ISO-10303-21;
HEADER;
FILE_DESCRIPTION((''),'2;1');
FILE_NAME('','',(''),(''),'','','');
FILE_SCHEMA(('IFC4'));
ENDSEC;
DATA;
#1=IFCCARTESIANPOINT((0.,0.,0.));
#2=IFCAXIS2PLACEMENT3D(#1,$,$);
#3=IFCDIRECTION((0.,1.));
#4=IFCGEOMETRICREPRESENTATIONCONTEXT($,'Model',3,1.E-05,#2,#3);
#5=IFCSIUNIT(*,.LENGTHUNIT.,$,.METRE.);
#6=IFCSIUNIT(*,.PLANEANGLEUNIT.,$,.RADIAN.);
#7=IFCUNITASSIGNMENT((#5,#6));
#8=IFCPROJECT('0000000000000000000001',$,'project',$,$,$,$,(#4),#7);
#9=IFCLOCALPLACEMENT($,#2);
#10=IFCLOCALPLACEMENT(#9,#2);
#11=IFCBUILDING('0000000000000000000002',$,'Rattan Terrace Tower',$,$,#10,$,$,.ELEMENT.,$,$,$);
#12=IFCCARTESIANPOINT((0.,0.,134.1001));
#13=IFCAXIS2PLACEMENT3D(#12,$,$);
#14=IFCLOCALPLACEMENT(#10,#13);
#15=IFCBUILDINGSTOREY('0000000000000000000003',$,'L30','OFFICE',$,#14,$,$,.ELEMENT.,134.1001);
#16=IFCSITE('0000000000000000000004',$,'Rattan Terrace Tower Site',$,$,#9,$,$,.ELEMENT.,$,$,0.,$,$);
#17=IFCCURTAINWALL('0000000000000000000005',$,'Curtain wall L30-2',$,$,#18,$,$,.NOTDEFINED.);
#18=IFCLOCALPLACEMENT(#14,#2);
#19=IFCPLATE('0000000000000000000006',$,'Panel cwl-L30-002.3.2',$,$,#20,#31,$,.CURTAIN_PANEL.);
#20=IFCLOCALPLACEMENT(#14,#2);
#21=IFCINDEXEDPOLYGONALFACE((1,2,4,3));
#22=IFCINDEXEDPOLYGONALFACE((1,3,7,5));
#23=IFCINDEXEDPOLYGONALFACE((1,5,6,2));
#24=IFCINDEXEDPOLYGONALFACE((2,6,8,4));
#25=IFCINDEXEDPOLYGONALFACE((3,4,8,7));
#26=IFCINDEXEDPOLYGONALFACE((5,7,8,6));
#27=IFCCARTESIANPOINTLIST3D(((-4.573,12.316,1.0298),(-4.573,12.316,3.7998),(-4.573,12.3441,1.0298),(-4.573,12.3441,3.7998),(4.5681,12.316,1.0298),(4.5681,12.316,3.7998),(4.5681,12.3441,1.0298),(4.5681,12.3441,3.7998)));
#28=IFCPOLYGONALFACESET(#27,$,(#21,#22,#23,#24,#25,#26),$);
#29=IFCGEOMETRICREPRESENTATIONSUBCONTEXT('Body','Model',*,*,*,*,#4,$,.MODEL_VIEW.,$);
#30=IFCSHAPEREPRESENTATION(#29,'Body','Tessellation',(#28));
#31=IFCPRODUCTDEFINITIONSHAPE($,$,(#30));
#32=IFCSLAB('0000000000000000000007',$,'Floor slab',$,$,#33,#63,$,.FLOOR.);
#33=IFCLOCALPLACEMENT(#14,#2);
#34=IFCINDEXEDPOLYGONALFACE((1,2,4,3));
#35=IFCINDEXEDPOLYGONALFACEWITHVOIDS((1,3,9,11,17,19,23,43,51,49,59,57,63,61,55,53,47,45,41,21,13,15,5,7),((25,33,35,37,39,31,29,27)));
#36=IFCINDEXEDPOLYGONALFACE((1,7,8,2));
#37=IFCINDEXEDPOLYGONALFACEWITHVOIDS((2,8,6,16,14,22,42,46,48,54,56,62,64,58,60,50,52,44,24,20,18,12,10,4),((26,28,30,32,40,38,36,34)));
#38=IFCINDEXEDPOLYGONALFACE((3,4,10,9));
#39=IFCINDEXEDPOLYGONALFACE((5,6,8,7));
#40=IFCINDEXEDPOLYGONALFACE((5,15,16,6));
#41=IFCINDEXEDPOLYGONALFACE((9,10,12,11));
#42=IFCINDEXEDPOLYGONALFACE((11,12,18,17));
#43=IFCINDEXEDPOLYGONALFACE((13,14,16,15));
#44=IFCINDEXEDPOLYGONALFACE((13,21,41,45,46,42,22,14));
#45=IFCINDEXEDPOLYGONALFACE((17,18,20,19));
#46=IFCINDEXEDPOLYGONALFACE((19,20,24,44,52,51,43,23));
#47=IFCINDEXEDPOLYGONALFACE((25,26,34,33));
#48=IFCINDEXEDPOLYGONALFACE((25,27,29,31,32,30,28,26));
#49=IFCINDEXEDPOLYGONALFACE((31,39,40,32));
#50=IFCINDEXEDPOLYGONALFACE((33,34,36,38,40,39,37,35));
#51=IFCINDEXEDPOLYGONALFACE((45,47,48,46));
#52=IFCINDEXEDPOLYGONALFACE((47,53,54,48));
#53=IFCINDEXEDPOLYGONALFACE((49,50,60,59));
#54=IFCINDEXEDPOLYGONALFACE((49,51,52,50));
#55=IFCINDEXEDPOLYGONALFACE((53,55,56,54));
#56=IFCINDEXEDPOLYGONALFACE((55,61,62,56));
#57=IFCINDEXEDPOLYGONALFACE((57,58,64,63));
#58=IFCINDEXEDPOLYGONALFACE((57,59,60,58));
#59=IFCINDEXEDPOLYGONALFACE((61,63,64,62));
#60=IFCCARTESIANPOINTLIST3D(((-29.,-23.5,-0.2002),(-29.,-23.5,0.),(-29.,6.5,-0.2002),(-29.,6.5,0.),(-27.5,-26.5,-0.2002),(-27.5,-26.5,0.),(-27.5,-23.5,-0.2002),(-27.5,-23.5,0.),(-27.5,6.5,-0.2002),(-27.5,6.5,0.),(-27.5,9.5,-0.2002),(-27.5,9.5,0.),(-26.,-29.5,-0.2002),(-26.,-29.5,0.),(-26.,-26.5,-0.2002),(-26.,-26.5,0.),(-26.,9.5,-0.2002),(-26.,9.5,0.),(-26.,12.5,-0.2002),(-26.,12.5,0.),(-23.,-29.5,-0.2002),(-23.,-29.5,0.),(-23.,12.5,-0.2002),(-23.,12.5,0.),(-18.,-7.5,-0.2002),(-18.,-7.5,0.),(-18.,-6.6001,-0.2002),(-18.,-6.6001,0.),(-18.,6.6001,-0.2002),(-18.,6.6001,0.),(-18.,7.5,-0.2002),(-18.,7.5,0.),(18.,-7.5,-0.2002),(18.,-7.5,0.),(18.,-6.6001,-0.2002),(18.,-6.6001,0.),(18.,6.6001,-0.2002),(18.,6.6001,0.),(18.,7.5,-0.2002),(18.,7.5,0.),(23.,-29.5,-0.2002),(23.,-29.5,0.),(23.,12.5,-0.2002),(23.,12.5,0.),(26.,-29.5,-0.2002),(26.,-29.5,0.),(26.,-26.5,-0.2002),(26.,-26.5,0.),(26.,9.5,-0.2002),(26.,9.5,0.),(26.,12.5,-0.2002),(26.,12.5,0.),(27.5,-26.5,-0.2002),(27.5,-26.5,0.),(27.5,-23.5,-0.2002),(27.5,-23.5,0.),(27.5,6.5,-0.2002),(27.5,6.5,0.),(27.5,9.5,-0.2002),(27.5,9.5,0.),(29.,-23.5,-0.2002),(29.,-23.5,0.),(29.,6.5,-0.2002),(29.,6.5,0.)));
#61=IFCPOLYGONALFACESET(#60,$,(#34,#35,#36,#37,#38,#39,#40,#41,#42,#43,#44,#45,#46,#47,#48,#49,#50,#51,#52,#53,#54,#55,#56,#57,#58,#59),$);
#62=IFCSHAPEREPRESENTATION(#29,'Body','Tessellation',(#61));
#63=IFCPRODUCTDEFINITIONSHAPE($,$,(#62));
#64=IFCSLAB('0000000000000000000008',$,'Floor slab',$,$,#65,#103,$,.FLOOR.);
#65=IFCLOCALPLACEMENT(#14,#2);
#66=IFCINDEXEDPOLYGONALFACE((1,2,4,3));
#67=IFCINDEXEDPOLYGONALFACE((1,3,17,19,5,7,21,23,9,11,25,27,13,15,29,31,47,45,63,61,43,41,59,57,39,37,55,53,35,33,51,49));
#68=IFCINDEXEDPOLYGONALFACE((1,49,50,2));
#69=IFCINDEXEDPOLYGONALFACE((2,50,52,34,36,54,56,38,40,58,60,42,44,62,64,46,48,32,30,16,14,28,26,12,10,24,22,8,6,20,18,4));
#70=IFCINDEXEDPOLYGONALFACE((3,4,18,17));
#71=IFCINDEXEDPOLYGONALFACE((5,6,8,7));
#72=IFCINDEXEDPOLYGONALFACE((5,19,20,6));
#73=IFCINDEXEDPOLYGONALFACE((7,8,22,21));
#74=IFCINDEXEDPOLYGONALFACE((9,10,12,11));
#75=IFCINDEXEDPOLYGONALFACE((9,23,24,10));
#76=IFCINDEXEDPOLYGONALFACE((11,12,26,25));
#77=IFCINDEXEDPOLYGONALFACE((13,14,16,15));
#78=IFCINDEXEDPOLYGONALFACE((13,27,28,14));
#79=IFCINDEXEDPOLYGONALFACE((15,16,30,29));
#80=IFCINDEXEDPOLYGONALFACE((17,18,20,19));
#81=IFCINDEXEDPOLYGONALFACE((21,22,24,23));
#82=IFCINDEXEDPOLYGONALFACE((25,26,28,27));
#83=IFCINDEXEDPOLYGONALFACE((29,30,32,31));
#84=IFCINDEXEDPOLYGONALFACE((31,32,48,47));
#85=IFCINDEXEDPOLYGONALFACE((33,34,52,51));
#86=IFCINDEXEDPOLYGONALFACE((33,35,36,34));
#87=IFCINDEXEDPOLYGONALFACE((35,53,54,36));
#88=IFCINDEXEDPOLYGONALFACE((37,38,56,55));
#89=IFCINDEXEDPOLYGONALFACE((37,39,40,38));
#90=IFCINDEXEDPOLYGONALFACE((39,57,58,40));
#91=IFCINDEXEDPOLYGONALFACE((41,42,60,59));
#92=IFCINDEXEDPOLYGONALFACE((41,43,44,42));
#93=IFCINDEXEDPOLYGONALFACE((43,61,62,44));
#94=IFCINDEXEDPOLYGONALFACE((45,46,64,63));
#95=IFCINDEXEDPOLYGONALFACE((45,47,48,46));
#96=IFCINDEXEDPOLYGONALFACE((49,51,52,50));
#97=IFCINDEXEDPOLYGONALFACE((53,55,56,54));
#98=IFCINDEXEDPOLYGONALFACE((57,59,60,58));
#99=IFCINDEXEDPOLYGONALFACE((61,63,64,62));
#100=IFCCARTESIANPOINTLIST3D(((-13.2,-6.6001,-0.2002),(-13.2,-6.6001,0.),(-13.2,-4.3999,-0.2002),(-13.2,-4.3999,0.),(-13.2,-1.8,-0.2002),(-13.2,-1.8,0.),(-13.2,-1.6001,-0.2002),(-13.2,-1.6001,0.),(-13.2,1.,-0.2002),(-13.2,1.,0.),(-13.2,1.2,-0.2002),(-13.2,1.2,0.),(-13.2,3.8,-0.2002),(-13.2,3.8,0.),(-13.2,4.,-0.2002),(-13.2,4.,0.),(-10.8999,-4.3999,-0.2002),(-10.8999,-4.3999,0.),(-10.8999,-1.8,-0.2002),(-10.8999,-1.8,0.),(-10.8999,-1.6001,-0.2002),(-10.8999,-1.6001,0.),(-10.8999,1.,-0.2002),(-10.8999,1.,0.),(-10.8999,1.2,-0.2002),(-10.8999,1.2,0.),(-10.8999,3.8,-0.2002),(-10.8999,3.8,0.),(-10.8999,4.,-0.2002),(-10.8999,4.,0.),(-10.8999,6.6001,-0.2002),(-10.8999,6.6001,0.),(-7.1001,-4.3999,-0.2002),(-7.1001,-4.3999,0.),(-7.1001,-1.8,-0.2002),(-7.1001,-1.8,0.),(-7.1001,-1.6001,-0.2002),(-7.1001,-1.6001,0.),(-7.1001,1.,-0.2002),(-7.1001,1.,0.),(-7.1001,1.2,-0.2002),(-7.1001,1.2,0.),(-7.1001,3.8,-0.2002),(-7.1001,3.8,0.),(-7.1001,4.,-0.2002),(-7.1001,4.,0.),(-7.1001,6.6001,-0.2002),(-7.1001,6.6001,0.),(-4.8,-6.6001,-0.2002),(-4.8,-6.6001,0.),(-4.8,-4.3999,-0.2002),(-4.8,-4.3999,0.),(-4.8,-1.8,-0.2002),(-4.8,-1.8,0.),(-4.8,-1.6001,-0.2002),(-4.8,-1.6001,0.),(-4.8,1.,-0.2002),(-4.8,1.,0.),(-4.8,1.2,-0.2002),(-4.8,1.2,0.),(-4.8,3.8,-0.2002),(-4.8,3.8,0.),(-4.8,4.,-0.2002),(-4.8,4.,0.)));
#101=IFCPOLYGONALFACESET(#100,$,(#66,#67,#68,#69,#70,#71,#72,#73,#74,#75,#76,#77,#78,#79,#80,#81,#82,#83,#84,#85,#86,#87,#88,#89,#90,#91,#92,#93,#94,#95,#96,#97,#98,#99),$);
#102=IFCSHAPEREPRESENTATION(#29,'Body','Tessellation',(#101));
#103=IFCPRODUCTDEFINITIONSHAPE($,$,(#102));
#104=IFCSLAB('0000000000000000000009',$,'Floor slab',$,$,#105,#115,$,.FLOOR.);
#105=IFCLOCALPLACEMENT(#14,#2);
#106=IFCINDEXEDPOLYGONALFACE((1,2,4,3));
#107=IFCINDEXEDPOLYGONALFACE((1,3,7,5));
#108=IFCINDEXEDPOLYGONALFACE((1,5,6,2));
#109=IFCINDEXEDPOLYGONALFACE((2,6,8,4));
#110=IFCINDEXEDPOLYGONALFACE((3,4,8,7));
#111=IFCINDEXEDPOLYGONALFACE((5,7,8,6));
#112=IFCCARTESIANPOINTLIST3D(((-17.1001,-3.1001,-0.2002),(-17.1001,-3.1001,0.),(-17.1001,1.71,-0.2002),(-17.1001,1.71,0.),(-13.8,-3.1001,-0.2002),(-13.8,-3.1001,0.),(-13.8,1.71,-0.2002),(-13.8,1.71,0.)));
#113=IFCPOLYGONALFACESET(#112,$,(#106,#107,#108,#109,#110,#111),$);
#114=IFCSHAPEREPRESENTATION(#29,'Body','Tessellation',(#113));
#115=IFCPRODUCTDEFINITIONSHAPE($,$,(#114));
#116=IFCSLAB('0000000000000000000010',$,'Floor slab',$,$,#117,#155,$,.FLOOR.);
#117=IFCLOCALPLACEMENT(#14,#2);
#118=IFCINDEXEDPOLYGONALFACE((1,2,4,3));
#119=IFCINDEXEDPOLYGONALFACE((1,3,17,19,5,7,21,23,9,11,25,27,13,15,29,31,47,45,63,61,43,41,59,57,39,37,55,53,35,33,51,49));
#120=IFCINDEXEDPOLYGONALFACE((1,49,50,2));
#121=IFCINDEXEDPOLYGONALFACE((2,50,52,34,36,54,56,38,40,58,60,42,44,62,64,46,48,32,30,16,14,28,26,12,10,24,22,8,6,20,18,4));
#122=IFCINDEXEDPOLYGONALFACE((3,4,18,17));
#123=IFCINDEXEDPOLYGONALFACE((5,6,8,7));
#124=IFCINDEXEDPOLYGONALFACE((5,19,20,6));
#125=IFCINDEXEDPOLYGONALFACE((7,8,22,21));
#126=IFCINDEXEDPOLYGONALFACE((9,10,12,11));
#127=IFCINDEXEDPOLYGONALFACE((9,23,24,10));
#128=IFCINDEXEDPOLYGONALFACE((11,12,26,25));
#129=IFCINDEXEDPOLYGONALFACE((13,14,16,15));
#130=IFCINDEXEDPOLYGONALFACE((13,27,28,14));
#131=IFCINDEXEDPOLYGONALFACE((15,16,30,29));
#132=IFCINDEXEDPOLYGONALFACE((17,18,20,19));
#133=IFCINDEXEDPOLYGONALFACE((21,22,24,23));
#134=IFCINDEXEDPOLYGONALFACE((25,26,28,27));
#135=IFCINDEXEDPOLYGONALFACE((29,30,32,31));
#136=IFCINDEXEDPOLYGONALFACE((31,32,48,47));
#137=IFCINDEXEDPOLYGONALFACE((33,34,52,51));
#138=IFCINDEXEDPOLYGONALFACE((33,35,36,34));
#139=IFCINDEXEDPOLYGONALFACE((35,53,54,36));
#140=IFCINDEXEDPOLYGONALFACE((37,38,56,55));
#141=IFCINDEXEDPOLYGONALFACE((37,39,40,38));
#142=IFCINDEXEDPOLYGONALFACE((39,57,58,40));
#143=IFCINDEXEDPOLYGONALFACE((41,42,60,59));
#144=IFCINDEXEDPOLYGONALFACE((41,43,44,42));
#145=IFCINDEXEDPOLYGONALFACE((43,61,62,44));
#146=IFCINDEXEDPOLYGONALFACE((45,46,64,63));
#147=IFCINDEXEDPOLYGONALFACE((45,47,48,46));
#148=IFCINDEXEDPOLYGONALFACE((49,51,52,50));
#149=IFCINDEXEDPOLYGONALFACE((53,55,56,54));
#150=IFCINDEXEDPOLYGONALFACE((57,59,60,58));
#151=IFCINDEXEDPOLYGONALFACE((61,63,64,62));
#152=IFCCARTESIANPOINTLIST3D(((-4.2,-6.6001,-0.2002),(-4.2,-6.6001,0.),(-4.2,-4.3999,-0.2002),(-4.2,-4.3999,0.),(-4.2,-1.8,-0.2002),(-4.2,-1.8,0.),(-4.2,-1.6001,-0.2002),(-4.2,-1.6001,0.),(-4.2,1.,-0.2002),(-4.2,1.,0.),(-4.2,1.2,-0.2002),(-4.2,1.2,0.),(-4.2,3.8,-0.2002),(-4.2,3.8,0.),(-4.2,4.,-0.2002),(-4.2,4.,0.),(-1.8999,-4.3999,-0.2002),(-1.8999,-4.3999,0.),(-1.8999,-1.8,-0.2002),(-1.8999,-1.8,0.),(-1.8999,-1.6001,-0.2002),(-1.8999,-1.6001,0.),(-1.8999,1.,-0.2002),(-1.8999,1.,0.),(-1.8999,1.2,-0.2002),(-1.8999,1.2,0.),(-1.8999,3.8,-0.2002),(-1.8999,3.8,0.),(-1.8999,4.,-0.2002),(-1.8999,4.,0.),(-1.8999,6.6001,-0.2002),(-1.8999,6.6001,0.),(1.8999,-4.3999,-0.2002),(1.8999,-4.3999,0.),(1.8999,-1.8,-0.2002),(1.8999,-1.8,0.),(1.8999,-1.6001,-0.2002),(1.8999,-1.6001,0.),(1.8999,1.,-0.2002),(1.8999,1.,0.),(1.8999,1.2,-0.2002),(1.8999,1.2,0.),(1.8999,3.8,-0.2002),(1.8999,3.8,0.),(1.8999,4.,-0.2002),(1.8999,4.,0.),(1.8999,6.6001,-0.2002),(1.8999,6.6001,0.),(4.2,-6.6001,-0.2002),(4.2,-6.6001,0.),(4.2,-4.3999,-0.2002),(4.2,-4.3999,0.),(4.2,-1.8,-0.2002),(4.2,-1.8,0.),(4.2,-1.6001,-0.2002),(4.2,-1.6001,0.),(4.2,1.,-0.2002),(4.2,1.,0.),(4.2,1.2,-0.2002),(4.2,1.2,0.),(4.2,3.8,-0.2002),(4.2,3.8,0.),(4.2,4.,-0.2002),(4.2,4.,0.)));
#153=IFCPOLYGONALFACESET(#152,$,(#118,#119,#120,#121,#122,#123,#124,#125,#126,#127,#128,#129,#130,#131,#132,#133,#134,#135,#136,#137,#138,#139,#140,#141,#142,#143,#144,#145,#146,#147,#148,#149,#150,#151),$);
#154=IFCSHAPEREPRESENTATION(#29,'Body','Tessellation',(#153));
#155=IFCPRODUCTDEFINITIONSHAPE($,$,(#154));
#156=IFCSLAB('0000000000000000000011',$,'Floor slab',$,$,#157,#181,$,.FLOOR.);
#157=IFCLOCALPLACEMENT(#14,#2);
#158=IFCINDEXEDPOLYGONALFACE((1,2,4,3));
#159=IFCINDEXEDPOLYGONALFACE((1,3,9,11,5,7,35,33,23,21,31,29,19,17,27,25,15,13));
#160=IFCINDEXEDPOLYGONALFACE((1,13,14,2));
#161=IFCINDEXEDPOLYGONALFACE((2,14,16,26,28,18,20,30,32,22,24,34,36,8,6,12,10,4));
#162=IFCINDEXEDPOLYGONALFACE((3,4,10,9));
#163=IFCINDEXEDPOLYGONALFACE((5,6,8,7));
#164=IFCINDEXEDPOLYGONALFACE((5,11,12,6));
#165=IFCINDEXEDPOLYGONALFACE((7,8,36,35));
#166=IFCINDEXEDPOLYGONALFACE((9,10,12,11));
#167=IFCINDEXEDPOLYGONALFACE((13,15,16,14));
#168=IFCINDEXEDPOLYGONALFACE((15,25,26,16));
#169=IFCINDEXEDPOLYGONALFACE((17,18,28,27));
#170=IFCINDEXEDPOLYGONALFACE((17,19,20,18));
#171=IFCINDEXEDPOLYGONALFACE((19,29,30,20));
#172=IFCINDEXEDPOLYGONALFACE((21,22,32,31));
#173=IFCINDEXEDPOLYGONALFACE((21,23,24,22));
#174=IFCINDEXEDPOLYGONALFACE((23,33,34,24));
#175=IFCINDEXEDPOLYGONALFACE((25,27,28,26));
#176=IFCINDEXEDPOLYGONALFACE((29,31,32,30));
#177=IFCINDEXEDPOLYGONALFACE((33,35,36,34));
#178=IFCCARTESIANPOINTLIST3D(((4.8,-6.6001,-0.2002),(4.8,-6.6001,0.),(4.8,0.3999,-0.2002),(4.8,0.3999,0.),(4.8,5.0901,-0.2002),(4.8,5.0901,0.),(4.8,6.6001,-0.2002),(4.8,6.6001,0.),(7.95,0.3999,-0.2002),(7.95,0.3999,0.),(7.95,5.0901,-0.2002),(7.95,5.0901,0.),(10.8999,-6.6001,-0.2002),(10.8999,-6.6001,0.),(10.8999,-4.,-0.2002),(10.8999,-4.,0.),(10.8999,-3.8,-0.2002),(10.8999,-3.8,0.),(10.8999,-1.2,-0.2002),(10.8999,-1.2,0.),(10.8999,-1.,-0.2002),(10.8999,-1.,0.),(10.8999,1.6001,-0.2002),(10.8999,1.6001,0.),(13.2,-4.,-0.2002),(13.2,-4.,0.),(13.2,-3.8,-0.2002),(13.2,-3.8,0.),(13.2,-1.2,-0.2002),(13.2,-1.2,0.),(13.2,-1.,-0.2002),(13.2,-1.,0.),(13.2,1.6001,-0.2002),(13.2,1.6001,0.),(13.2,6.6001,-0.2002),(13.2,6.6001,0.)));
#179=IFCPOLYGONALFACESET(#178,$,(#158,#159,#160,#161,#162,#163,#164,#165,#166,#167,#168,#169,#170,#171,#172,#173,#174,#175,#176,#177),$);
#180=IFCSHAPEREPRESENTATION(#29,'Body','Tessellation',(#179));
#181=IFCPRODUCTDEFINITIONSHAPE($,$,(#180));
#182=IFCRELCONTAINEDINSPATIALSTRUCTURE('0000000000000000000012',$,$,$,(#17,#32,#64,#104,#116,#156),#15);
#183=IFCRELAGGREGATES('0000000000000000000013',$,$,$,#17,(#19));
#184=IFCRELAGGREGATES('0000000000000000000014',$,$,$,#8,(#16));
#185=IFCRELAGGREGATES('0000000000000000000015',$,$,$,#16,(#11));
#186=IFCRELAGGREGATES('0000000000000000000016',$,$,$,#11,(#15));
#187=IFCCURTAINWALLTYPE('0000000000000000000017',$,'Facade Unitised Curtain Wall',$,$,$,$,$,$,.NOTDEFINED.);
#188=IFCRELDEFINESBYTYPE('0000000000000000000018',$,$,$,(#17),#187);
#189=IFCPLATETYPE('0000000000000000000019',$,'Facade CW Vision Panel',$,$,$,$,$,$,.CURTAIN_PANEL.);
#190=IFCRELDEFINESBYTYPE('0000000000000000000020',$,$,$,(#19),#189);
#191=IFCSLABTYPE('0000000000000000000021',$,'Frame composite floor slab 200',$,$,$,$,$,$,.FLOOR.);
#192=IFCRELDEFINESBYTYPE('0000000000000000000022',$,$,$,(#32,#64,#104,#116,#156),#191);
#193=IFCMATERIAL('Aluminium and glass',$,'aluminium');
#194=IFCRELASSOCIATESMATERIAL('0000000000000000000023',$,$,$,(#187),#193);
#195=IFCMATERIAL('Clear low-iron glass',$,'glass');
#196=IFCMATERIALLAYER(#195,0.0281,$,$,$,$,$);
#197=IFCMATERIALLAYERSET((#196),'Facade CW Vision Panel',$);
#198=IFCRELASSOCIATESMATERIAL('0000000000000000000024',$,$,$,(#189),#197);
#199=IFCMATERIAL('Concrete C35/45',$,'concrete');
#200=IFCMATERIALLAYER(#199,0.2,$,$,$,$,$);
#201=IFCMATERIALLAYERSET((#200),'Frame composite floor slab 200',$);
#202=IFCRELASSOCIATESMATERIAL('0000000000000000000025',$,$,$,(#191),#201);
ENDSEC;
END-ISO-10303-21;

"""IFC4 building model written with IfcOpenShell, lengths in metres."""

from ifc_helpers import new_model, si_unit, direction, frame, origin, origin_2d, place, context, subcontext, project, spatial, polyline, rectangle, outline, extrude, material, layer, layer_set, type_object, element, aggregate, save


model = new_model("IFC4")

# Units and contexts
model_context = context("Model", 3, precision=1e-05, world=origin(), true_north=direction((0.0, 1.0)))
body_context = subcontext(model_context, "Body", "Model", "MODEL_VIEW")
ifc_project = project(units=[si_unit("LENGTHUNIT", "METRE"), si_unit("PLANEANGLEUNIT", "RADIAN")], contexts=[model_context])

# Site, building, storey
site_placement = place(None, origin())
site = spatial("IfcSite", under=ifc_project, at=site_placement, Name="Rattan Terrace Tower Site", CompositionType="ELEMENT", RefElevation=0.0)
building_placement = place(site_placement, origin())
building = spatial("IfcBuilding", under=site, at=building_placement, Name="Rattan Terrace Tower", CompositionType="ELEMENT")
storey_placement = place(building_placement, frame((0.0, 0.0, 134.1001)))
storey = spatial("IfcBuildingStorey", under=building, at=storey_placement, Name="L30", Description="OFFICE", CompositionType="ELEMENT", Elevation=134.1001)

# Curtain wall
ifc_material_1 = material(Name="Aluminium and glass", Category="aluminium")
curtain_wall_type = type_object("IfcCurtainWallType", Name="Facade Unitised Curtain Wall", PredefinedType="NOTDEFINED", material=ifc_material_1)
curtain_wall_placement = place(storey_placement, origin())
curtain_wall = element("IfcCurtainWall", 1, at=curtain_wall_placement, inside=storey, type_object=curtain_wall_type, Name="Curtain wall L30-2", PredefinedType="NOTDEFINED")

# Plate
ifc_material_2 = material(Name="Clear low-iron glass", Category="glass")
ifc_layer_1 = layer(ifc_material_2, 0.0281)
ifc_layer_set_1 = layer_set([ifc_layer_1], Name="Facade CW Vision Panel")
plate_type_1 = type_object("IfcPlateType", Name="Facade CW Vision Panel", PredefinedType="CURTAIN_PANEL", material=ifc_layer_set_1)
plate_1_placement = place(storey_placement, frame((-0.0024, 12.3301, 1.0298), z_axis=(0.0, 0.0, 1.0), x_axis=(-1.0, 0.0, 0.0)))
plate_1 = element("IfcPlate", 2, at=plate_1_placement, type_object=plate_type_1, Name="Panel cwl-L30-002.3.2", PredefinedType="CURTAIN_PANEL", context=body_context, shape_type="SweptSolid", body=[
    extrude(rectangle(XDim=9.1411, YDim=0.0281, at=origin_2d()), origin(), (0.0, 0.0, 1.0), 2.77),
])
aggregate(curtain_wall, [plate_1])

# Slabs
ifc_material_3 = material(Name="Concrete C35/45", Category="concrete")
ifc_layer_2 = layer(ifc_material_3, 0.2)
ifc_layer_set_2 = layer_set([ifc_layer_2], Name="Frame composite floor slab 200")
slab_type_1 = type_object("IfcSlabType", Name="Frame composite floor slab 200", PredefinedType="FLOOR", material=ifc_layer_set_2)
slab_1_placement = place(storey_placement, frame((0.0, 0.0, -0.2002)))
element("IfcSlab", 3, at=slab_1_placement, inside=storey, type_object=slab_type_1, Name="Floor slab", PredefinedType="FLOOR", context=body_context, shape_type="SweptSolid", body=[
    extrude(outline(polyline([(-23.0, -29.5), (23.0, -29.5), (26.0, -29.5), (26.0, -26.5), (27.5, -26.5), (27.5, -23.5), (29.0, -23.5), (29.0, 6.5), (27.5, 6.5), (27.5, 9.5), (26.0, 9.5), (26.0, 12.5), (23.0, 12.5), (-23.0, 12.5), (-26.0, 12.5), (-26.0, 9.5), (-27.5, 9.5), (-27.5, 6.5), (-29.0, 6.5), (-29.0, -23.5), (-27.5, -23.5), (-27.5, -26.5), (-26.0, -26.5), (-26.0, -29.5), (-23.0, -29.5)]), holes=[polyline([(-18.0, -6.6001), (-18.0, -7.5), (18.0, -7.5), (18.0, -6.6001), (18.0, 6.6001), (18.0, 7.5), (-18.0, 7.5), (-18.0, 6.6001), (-18.0, -6.6001)])]), origin(), (0.0, 0.0, 1.0), 0.2002),
])
slab_2_placement = place(storey_placement, frame((0.0, 0.0, -0.2002)))
element("IfcSlab", 4, at=slab_2_placement, inside=storey, type_object=slab_type_1, Name="Floor slab", PredefinedType="FLOOR", context=body_context, shape_type="SweptSolid", body=[
    extrude(outline(polyline([(-10.8999, 6.6001), (-10.8999, 4.0), (-13.2, 4.0), (-13.2, 3.8), (-10.8999, 3.8), (-10.8999, 1.2), (-13.2, 1.2), (-13.2, 1.0), (-10.8999, 1.0), (-10.8999, -1.6001), (-13.2, -1.6001), (-13.2, -1.8), (-10.8999, -1.8), (-10.8999, -4.3999), (-13.2, -4.3999), (-13.2, -6.6001), (-4.8, -6.6001), (-4.8, -4.3999), (-7.1001, -4.3999), (-7.1001, -1.8), (-4.8, -1.8), (-4.8, -1.6001), (-7.1001, -1.6001), (-7.1001, 1.0), (-4.8, 1.0), (-4.8, 1.2), (-7.1001, 1.2), (-7.1001, 3.8), (-4.8, 3.8), (-4.8, 4.0), (-7.1001, 4.0), (-7.1001, 6.6001), (-10.8999, 6.6001)])), origin(), (0.0, 0.0, 1.0), 0.2002),
])
slab_3_placement = place(storey_placement, frame((0.0, 0.0, -0.2002)))
element("IfcSlab", 5, at=slab_3_placement, inside=storey, type_object=slab_type_1, Name="Floor slab", PredefinedType="FLOOR", context=body_context, shape_type="SweptSolid", body=[
    extrude(outline(polyline([(-17.1001, -3.1001), (-13.8, -3.1001), (-13.8, 1.71), (-17.1001, 1.71), (-17.1001, -3.1001)])), origin(), (0.0, 0.0, 1.0), 0.2002),
])
slab_4_placement = place(storey_placement, frame((0.0, 0.0, -0.2002)))
element("IfcSlab", 6, at=slab_4_placement, inside=storey, type_object=slab_type_1, Name="Floor slab", PredefinedType="FLOOR", context=body_context, shape_type="SweptSolid", body=[
    extrude(outline(polyline([(-4.2, 4.0), (-4.2, 3.8), (-1.8999, 3.8), (-1.8999, 1.2), (-4.2, 1.2), (-4.2, 1.0), (-1.8999, 1.0), (-1.8999, -1.6001), (-4.2, -1.6001), (-4.2, -1.8), (-1.8999, -1.8), (-1.8999, -4.3999), (-4.2, -4.3999), (-4.2, -6.6001), (4.2, -6.6001), (4.2, -4.3999), (1.8999, -4.3999), (1.8999, -1.8), (4.2, -1.8), (4.2, -1.6001), (1.8999, -1.6001), (1.8999, 1.0), (4.2, 1.0), (4.2, 1.2), (1.8999, 1.2), (1.8999, 3.8), (4.2, 3.8), (4.2, 4.0), (1.8999, 4.0), (1.8999, 6.6001), (-1.8999, 6.6001), (-1.8999, 4.0), (-4.2, 4.0)])), origin(), (0.0, 0.0, 1.0), 0.2002),
])
slab_5_placement = place(storey_placement, frame((0.0, 0.0, -0.2002)))
element("IfcSlab", 7, at=slab_5_placement, inside=storey, type_object=slab_type_1, Name="Floor slab", PredefinedType="FLOOR", context=body_context, shape_type="SweptSolid", body=[
    extrude(outline(polyline([(4.8, 5.0901), (7.95, 5.0901), (7.95, 0.3999), (4.8, 0.3999), (4.8, -6.6001), (10.8999, -6.6001), (10.8999, -4.0), (13.2, -4.0), (13.2, -3.8), (10.8999, -3.8), (10.8999, -1.2), (13.2, -1.2), (13.2, -1.0), (10.8999, -1.0), (10.8999, 1.6001), (13.2, 1.6001), (13.2, 6.6001), (4.8, 6.6001), (4.8, 5.0901)])), origin(), (0.0, 0.0, 1.0), 0.2002),
])

save(model, "model.ifc")
